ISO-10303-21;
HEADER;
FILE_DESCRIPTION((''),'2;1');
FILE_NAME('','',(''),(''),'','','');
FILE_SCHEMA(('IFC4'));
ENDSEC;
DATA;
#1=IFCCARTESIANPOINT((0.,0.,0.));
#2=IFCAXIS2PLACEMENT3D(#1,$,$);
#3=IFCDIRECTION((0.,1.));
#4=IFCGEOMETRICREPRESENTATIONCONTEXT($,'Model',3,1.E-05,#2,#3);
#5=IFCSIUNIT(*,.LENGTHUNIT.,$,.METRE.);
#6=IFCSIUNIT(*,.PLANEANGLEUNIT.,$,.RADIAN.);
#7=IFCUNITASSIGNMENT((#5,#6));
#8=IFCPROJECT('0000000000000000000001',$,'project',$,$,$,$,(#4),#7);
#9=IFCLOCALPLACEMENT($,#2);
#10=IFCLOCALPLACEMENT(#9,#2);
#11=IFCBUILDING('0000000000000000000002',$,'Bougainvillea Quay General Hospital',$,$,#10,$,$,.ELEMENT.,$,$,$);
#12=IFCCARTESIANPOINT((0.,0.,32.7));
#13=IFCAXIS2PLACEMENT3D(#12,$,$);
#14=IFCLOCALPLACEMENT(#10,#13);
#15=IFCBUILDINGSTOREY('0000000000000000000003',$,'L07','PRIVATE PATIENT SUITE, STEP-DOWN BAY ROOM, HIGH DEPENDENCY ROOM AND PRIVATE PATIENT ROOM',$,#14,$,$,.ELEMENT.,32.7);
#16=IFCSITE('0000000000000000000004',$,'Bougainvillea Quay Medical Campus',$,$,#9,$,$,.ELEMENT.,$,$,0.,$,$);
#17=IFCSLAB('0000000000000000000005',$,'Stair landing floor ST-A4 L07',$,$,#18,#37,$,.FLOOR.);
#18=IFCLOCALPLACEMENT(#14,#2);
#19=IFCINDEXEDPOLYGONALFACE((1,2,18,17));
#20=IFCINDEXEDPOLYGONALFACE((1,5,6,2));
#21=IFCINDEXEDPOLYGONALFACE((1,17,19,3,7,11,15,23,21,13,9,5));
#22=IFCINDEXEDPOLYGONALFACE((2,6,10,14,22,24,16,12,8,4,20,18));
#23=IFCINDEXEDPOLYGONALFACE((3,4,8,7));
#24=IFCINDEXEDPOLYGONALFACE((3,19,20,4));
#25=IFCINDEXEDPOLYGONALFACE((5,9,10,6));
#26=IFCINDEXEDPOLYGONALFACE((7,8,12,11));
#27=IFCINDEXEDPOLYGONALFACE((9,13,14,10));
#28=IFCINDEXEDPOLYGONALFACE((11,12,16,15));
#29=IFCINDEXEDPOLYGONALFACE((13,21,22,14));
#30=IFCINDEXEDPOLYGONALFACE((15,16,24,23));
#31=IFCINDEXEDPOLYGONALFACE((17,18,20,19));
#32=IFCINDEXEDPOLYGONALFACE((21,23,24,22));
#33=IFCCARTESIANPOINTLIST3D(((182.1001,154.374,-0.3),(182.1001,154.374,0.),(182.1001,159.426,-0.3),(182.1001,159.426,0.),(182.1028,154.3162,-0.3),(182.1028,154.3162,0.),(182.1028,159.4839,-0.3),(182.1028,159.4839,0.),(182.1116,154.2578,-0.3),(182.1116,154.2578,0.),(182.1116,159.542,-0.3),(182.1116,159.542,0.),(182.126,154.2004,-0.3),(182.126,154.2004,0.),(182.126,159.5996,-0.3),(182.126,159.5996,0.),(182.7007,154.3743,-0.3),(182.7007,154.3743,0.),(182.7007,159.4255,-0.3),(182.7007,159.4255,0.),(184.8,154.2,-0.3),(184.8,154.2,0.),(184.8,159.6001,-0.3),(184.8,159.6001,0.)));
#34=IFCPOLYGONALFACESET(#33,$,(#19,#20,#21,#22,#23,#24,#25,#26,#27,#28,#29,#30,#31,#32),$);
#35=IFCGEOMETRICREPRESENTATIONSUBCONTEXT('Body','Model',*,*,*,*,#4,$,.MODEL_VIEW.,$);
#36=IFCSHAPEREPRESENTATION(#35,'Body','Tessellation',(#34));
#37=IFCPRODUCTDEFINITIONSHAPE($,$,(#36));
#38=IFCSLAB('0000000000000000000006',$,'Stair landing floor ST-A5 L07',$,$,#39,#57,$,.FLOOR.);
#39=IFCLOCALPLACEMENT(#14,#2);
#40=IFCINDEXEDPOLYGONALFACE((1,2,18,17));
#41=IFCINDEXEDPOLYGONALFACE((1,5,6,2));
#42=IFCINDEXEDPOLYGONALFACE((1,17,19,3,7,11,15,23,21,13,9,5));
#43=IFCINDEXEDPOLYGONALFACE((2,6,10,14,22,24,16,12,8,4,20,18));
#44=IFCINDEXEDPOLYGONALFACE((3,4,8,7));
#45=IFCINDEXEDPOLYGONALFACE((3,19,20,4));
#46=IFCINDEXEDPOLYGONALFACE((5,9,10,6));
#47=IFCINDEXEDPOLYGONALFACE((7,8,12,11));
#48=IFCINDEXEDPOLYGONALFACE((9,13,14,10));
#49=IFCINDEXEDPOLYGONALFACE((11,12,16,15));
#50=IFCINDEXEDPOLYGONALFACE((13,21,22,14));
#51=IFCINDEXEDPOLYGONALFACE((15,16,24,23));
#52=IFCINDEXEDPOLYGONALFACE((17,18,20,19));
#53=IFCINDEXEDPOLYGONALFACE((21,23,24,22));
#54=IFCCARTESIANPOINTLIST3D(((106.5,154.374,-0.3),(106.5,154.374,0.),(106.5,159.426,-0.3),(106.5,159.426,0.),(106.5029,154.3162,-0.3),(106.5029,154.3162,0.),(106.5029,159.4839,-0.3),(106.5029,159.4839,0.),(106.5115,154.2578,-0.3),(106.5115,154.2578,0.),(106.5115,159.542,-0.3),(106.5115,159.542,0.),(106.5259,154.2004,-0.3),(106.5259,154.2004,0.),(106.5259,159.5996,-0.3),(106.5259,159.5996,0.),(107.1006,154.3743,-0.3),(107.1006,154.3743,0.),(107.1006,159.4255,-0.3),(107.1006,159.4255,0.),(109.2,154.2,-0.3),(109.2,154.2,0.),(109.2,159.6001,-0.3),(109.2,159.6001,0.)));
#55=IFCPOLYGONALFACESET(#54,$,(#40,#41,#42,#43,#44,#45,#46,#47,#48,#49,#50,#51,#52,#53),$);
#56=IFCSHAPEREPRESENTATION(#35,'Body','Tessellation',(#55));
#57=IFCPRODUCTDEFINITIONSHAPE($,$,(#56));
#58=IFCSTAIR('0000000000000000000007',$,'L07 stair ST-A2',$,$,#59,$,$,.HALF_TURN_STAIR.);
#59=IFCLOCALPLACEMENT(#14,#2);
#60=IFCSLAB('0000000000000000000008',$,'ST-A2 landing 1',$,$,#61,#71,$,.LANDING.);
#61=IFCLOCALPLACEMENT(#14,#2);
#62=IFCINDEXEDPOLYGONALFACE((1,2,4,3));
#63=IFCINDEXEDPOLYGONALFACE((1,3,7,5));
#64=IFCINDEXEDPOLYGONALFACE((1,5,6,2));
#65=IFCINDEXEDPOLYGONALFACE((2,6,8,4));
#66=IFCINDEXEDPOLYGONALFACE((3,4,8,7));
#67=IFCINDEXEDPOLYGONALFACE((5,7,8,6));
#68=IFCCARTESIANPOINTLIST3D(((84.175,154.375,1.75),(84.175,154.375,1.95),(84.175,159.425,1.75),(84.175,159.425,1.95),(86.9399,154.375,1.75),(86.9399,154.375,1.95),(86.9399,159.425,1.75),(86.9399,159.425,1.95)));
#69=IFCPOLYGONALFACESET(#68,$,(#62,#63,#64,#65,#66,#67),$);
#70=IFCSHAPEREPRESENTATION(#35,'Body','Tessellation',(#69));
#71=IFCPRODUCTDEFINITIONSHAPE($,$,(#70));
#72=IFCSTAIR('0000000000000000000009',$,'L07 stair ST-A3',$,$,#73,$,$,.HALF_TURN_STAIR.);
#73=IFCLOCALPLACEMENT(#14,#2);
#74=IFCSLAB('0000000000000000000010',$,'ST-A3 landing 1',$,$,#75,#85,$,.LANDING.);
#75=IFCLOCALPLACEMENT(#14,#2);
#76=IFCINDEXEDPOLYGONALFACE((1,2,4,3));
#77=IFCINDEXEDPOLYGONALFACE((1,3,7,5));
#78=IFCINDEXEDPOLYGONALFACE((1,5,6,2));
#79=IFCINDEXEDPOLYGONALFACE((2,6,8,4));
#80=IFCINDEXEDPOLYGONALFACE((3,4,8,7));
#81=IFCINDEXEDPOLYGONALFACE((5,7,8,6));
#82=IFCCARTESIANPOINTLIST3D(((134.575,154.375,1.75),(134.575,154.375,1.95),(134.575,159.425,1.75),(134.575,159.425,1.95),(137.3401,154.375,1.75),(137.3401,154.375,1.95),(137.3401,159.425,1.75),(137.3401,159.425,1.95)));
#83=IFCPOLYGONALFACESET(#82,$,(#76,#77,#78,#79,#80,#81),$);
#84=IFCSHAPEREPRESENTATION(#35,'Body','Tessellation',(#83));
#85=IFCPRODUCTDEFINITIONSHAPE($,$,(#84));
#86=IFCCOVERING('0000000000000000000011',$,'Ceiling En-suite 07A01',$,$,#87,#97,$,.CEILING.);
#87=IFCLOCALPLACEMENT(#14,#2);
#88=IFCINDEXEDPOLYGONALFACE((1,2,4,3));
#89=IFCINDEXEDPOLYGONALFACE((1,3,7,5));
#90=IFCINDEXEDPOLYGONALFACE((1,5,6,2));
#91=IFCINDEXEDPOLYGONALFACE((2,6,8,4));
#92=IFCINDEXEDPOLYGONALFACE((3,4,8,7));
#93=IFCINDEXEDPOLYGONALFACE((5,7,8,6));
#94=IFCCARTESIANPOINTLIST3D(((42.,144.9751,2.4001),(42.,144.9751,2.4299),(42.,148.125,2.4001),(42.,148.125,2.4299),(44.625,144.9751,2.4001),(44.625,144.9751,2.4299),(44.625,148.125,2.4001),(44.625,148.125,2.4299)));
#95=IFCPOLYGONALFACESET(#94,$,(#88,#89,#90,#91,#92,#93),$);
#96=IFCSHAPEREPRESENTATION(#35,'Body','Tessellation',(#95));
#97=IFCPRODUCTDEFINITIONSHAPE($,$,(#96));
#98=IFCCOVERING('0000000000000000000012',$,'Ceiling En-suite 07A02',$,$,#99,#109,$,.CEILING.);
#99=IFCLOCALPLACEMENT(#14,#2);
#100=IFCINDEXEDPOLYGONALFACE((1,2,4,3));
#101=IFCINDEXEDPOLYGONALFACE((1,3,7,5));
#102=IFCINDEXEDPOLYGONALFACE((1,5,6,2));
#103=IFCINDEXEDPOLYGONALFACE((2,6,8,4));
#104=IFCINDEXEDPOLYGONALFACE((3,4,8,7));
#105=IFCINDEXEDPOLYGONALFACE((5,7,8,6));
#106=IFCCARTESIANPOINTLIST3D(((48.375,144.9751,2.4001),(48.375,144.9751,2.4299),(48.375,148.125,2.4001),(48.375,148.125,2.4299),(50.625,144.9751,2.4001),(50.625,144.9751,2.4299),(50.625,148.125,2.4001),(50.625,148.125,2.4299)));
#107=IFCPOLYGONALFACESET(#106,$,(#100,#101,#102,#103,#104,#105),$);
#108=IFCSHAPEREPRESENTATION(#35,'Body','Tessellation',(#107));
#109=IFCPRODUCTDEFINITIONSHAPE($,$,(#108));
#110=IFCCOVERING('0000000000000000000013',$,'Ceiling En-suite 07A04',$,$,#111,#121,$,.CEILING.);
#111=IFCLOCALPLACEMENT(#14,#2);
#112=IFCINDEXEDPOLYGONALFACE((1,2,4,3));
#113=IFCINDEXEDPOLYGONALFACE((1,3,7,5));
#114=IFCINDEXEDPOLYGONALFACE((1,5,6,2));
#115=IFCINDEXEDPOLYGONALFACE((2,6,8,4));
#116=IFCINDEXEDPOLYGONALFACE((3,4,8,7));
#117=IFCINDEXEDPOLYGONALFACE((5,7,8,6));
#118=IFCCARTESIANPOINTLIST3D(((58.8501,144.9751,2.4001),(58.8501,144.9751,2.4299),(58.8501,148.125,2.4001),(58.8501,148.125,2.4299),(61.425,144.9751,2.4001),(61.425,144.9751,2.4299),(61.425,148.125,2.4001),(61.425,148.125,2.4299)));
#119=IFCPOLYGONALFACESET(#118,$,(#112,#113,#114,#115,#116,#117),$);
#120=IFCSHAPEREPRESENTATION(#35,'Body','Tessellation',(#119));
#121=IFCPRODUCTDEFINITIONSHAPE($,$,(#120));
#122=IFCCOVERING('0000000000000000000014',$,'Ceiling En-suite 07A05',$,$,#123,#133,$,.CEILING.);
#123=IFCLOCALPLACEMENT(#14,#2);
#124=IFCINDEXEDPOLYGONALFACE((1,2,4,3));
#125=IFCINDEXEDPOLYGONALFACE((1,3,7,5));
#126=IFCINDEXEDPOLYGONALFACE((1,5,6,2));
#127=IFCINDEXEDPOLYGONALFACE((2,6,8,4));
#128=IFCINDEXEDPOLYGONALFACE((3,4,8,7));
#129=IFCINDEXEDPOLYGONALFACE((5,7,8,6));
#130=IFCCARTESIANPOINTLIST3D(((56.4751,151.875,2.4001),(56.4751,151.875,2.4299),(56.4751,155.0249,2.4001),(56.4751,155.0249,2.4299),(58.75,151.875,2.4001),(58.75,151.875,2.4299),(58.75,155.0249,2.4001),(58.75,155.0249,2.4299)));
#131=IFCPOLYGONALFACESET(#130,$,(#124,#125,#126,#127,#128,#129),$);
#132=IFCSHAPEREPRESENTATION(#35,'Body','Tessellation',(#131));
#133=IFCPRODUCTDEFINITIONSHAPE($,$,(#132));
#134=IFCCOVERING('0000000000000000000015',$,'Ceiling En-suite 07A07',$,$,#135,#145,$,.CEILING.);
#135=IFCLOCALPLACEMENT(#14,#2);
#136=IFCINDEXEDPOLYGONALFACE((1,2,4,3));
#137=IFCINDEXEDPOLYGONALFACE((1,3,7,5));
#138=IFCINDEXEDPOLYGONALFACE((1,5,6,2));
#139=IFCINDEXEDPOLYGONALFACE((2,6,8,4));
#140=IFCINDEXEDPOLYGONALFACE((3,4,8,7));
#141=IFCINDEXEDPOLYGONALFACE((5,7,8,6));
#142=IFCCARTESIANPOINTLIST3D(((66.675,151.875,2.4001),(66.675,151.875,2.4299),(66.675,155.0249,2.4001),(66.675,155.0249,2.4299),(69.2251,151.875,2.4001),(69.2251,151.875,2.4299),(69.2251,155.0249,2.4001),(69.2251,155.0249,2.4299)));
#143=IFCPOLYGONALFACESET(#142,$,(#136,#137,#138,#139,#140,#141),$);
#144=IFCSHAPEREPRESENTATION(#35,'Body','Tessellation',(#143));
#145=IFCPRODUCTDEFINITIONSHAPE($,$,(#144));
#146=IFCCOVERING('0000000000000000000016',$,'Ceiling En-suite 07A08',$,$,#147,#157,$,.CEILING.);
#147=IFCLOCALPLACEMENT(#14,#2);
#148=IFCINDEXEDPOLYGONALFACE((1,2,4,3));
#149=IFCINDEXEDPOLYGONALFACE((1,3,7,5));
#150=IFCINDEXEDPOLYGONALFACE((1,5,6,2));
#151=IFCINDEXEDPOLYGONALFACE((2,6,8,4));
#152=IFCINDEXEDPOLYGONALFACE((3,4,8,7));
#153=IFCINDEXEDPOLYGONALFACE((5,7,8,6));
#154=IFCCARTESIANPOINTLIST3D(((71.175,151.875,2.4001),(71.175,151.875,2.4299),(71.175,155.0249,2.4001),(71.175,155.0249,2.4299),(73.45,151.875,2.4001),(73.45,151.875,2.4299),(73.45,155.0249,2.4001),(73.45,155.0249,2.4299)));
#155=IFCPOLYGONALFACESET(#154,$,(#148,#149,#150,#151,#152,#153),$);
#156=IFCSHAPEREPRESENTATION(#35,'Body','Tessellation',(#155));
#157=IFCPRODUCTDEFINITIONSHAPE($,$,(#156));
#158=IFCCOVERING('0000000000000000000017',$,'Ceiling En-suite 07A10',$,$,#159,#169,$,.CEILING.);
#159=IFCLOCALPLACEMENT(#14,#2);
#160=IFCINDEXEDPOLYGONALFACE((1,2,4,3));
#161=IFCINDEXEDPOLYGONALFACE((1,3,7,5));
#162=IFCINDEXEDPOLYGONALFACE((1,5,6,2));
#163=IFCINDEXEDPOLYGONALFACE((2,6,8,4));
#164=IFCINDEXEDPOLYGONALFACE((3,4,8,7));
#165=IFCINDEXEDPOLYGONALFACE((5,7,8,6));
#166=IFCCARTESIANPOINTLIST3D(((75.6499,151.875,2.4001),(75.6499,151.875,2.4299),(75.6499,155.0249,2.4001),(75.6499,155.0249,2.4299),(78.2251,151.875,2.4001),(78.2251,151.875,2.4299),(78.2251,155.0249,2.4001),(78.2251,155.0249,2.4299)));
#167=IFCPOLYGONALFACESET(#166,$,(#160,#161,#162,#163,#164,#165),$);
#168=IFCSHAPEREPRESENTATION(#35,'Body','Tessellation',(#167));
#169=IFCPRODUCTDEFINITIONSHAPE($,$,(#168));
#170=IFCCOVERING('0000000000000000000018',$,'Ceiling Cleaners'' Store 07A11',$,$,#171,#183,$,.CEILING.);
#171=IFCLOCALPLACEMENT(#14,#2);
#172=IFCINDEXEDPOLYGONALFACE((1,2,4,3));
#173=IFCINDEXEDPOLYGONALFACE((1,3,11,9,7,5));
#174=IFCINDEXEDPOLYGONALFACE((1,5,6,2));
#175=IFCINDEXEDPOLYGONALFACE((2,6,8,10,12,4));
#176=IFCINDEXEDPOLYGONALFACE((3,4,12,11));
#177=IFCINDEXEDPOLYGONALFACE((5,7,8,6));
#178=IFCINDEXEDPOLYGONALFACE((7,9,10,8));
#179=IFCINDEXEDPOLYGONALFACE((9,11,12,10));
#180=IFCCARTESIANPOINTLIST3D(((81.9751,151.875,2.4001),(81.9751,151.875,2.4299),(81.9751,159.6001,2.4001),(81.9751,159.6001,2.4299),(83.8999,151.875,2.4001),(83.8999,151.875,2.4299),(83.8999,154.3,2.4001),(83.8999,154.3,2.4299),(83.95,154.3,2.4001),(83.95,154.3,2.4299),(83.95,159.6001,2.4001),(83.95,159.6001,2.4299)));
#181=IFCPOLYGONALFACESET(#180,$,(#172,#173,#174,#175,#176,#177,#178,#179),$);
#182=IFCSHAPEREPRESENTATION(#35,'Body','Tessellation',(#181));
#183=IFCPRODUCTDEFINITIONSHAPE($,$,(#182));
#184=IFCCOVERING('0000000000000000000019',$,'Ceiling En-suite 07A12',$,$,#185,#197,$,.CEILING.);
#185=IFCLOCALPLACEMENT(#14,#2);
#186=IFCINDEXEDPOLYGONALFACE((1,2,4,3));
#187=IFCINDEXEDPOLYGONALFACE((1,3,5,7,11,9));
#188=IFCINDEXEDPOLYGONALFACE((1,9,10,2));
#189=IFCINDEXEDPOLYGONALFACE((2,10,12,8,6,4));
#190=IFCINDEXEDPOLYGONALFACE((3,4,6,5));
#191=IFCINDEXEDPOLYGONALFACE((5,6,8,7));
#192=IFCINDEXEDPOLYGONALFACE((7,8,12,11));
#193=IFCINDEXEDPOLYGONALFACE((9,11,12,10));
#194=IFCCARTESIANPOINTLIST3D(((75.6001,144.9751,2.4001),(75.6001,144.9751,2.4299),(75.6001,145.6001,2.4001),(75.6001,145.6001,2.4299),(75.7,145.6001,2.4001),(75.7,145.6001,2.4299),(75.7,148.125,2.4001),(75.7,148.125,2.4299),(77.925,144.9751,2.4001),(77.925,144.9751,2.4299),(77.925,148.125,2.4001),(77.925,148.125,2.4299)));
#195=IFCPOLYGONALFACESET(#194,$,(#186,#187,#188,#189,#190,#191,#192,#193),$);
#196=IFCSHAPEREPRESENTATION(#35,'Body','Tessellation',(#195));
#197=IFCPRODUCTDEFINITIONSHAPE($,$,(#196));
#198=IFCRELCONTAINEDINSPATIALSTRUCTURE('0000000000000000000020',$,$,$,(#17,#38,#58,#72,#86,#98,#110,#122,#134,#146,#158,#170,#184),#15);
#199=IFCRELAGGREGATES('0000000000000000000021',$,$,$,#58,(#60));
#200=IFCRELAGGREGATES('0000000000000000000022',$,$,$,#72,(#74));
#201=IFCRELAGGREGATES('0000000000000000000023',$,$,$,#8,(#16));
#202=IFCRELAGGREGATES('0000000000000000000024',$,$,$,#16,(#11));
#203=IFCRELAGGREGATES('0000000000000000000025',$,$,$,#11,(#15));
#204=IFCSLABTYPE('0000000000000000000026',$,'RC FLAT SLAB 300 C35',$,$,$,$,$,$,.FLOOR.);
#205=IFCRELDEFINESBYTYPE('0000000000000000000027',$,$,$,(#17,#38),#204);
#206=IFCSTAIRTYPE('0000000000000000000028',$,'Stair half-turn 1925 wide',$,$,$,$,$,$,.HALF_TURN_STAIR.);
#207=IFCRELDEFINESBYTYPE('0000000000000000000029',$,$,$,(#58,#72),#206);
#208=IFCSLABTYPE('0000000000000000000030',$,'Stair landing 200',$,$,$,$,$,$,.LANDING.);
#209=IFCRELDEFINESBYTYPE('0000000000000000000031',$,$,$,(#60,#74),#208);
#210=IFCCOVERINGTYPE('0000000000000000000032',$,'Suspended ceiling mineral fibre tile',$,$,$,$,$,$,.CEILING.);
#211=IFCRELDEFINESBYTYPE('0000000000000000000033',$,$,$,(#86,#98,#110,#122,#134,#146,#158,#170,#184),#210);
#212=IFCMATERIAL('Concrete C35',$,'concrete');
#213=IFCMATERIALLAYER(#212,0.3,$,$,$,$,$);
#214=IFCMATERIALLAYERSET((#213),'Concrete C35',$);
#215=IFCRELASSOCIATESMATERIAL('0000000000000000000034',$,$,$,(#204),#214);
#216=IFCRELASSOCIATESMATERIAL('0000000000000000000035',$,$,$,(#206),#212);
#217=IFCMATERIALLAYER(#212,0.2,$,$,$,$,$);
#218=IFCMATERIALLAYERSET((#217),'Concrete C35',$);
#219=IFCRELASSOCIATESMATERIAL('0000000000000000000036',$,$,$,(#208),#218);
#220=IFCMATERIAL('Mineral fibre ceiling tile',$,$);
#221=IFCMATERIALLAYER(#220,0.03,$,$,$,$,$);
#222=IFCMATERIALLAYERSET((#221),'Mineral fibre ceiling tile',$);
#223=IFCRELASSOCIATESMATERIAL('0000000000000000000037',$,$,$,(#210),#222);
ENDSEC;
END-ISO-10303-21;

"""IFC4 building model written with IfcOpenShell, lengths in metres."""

from ifc_helpers import new_model, si_unit, direction, frame, origin, place, context, subcontext, project, spatial, polyline, outline, extrude, material, layer, layer_set, type_object, element, aggregate, save


model = new_model("IFC4")

# Units and contexts
model_context = context("Model", 3, precision=1e-05, world=origin(), true_north=direction((0.0, 1.0)))
body_context = subcontext(model_context, "Body", "Model", "MODEL_VIEW")
ifc_project = project(units=[si_unit("LENGTHUNIT", "METRE"), si_unit("PLANEANGLEUNIT", "RADIAN")], contexts=[model_context])

# Site, building, storey
site_placement = place(None, origin())
site = spatial("IfcSite", under=ifc_project, at=site_placement, Name="Bougainvillea Quay Medical Campus", CompositionType="ELEMENT", RefElevation=0.0)
building_placement = place(site_placement, origin())
building = spatial("IfcBuilding", under=site, at=building_placement, Name="Bougainvillea Quay General Hospital", CompositionType="ELEMENT")
storey_placement = place(building_placement, frame((0.0, 0.0, 32.7)))
storey = spatial("IfcBuildingStorey", under=building, at=storey_placement, Name="L07", Description="PRIVATE PATIENT SUITE, STEP-DOWN BAY ROOM, HIGH DEPENDENCY ROOM AND PRIVATE PATIENT ROOM", CompositionType="ELEMENT", Elevation=32.7)

# Slabs
ifc_material_1 = material(Name="Concrete C35", Category="concrete")
ifc_layer_1 = layer(ifc_material_1, 0.3)
ifc_layer_set_1 = layer_set([ifc_layer_1], Name="Concrete C35")
slab_type_1 = type_object("IfcSlabType", Name="RC FLAT SLAB 300 C35", PredefinedType="FLOOR", material=ifc_layer_set_1)
slab_1_placement = place(storey_placement, frame((0.0, 0.0, -0.3)))
element("IfcSlab", 1, at=slab_1_placement, inside=storey, type_object=slab_type_1, Name="Stair landing floor ST-A4 L07", PredefinedType="FLOOR", context=body_context, shape_type="SweptSolid", body=[
    extrude(outline(polyline([(182.1028, 159.4839), (182.1116, 159.542), (182.126, 159.5996), (184.8, 159.6001), (184.8, 154.2), (182.126, 154.2004), (182.1116, 154.2578), (182.1028, 154.3162), (182.1001, 154.374), (182.7007, 154.3743), (182.7007, 159.4255), (182.1001, 159.426), (182.1028, 159.4839)])), origin(), (0.0, 0.0, 1.0), 0.3),
])
slab_2_placement = place(storey_placement, frame((0.0, 0.0, -0.3)))
element("IfcSlab", 2, at=slab_2_placement, inside=storey, type_object=slab_type_1, Name="Stair landing floor ST-A5 L07", PredefinedType="FLOOR", context=body_context, shape_type="SweptSolid", body=[
    extrude(outline(polyline([(106.5029, 159.4839), (106.5115, 159.542), (106.5259, 159.5996), (109.2, 159.6001), (109.2, 154.2), (106.5259, 154.2004), (106.5115, 154.2578), (106.5029, 154.3162), (106.5, 154.374), (107.1006, 154.3743), (107.1006, 159.4255), (106.5, 159.426), (106.5029, 159.4839)])), origin(), (0.0, 0.0, 1.0), 0.3),
])

# Stairs, slabs
stair_type = type_object("IfcStairType", Name="Stair half-turn 1925 wide", PredefinedType="HALF_TURN_STAIR", material=ifc_material_1)
stair_1_placement = place(storey_placement, origin())
stair_1 = element("IfcStair", 3, at=stair_1_placement, inside=storey, type_object=stair_type, Name="L07 stair ST-A2", PredefinedType="HALF_TURN_STAIR")
ifc_layer_2 = layer(ifc_material_1, 0.2)
ifc_layer_set_2 = layer_set([ifc_layer_2], Name="Concrete C35")
slab_type_2 = type_object("IfcSlabType", Name="Stair landing 200", PredefinedType="LANDING", material=ifc_layer_set_2)
slab_3_placement = place(storey_placement, frame((0.0, 0.0, 1.75)))
slab_3 = element("IfcSlab", 4, at=slab_3_placement, type_object=slab_type_2, Name="ST-A2 landing 1", PredefinedType="LANDING", context=body_context, shape_type="SweptSolid", body=[
    extrude(outline(polyline([(86.9399, 159.425), (84.175, 159.425), (84.175, 154.375), (86.9399, 154.375), (86.9399, 159.425)])), origin(), (0.0, 0.0, 1.0), 0.2),
])
aggregate(stair_1, [slab_3])
stair_2_placement = place(storey_placement, origin())
stair_2 = element("IfcStair", 5, at=stair_2_placement, inside=storey, type_object=stair_type, Name="L07 stair ST-A3", PredefinedType="HALF_TURN_STAIR")
slab_4_placement = place(storey_placement, frame((0.0, 0.0, 1.75)))
slab_4 = element("IfcSlab", 6, at=slab_4_placement, type_object=slab_type_2, Name="ST-A3 landing 1", PredefinedType="LANDING", context=body_context, shape_type="SweptSolid", body=[
    extrude(outline(polyline([(137.3401, 159.425), (134.575, 159.425), (134.575, 154.375), (137.3401, 154.375), (137.3401, 159.425)])), origin(), (0.0, 0.0, 1.0), 0.2),
])
aggregate(stair_2, [slab_4])

# Coverings
ifc_material_2 = material(Name="Mineral fibre ceiling tile")
ifc_layer_3 = layer(ifc_material_2, 0.03)
ifc_layer_set_3 = layer_set([ifc_layer_3], Name="Mineral fibre ceiling tile")
covering_type = type_object("IfcCoveringType", Name="Suspended ceiling mineral fibre tile", PredefinedType="CEILING", material=ifc_layer_set_3)
covering_1_placement = place(storey_placement, frame((0.0, 0.0, 2.4001)))
element("IfcCovering", 7, at=covering_1_placement, inside=storey, type_object=covering_type, Name="Ceiling En-suite 07A01", PredefinedType="CEILING", context=body_context, shape_type="SweptSolid", body=[
    extrude(outline(polyline([(42.0, 144.9751), (44.625, 144.9751), (44.625, 148.125), (42.0, 148.125), (42.0, 144.9751)])), origin(), (0.0, 0.0, 1.0), 0.0298),
])
covering_2_placement = place(storey_placement, frame((0.0, 0.0, 2.4001)))
element("IfcCovering", 8, at=covering_2_placement, inside=storey, type_object=covering_type, Name="Ceiling En-suite 07A02", PredefinedType="CEILING", context=body_context, shape_type="SweptSolid", body=[
    extrude(outline(polyline([(48.375, 144.9751), (50.625, 144.9751), (50.625, 148.125), (48.375, 148.125), (48.375, 144.9751)])), origin(), (0.0, 0.0, 1.0), 0.0298),
])
covering_3_placement = place(storey_placement, frame((0.0, 0.0, 2.4001)))
element("IfcCovering", 9, at=covering_3_placement, inside=storey, type_object=covering_type, Name="Ceiling En-suite 07A04", PredefinedType="CEILING", context=body_context, shape_type="SweptSolid", body=[
    extrude(outline(polyline([(58.8501, 148.125), (58.8501, 144.9751), (61.425, 144.9751), (61.425, 148.125), (58.8501, 148.125)])), origin(), (0.0, 0.0, 1.0), 0.0298),
])
covering_4_placement = place(storey_placement, frame((0.0, 0.0, 2.4001)))
element("IfcCovering", 10, at=covering_4_placement, inside=storey, type_object=covering_type, Name="Ceiling En-suite 07A05", PredefinedType="CEILING", context=body_context, shape_type="SweptSolid", body=[
    extrude(outline(polyline([(58.75, 155.0249), (56.4751, 155.0249), (56.4751, 151.875), (58.75, 151.875), (58.75, 155.0249)])), origin(), (0.0, 0.0, 1.0), 0.0298),
])
covering_5_placement = place(storey_placement, frame((0.0, 0.0, 2.4001)))
element("IfcCovering", 11, at=covering_5_placement, inside=storey, type_object=covering_type, Name="Ceiling En-suite 07A07", PredefinedType="CEILING", context=body_context, shape_type="SweptSolid", body=[
    extrude(outline(polyline([(69.2251, 155.0249), (66.675, 155.0249), (66.675, 151.875), (69.2251, 151.875), (69.2251, 155.0249)])), origin(), (0.0, 0.0, 1.0), 0.0298),
])
covering_6_placement = place(storey_placement, frame((0.0, 0.0, 2.4001)))
element("IfcCovering", 12, at=covering_6_placement, inside=storey, type_object=covering_type, Name="Ceiling En-suite 07A08", PredefinedType="CEILING", context=body_context, shape_type="SweptSolid", body=[
    extrude(outline(polyline([(71.175, 155.0249), (71.175, 151.875), (73.45, 151.875), (73.45, 155.0249), (71.175, 155.0249)])), origin(), (0.0, 0.0, 1.0), 0.0298),
])
covering_7_placement = place(storey_placement, frame((0.0, 0.0, 2.4001)))
element("IfcCovering", 13, at=covering_7_placement, inside=storey, type_object=covering_type, Name="Ceiling En-suite 07A10", PredefinedType="CEILING", context=body_context, shape_type="SweptSolid", body=[
    extrude(outline(polyline([(78.2251, 155.0249), (75.6499, 155.0249), (75.6499, 151.875), (78.2251, 151.875), (78.2251, 155.0249)])), origin(), (0.0, 0.0, 1.0), 0.0298),
])
covering_8_placement = place(storey_placement, frame((0.0, 0.0, 2.4001)))
element("IfcCovering", 14, at=covering_8_placement, inside=storey, type_object=covering_type, Name="Ceiling Cleaners' Store 07A11", PredefinedType="CEILING", context=body_context, shape_type="SweptSolid", body=[
    extrude(outline(polyline([(81.9751, 159.6001), (81.9751, 151.875), (83.8999, 151.875), (83.8999, 154.3), (83.95, 154.3), (83.95, 159.6001), (81.9751, 159.6001)])), origin(), (0.0, 0.0, 1.0), 0.0298),
])
covering_9_placement = place(storey_placement, frame((0.0, 0.0, 2.4001)))
element("IfcCovering", 15, at=covering_9_placement, inside=storey, type_object=covering_type, Name="Ceiling En-suite 07A12", PredefinedType="CEILING", context=body_context, shape_type="SweptSolid", body=[
    extrude(outline(polyline([(75.6001, 144.9751), (77.925, 144.9751), (77.925, 148.125), (75.7, 148.125), (75.7, 145.6001), (75.6001, 145.6001), (75.6001, 144.9751)])), origin(), (0.0, 0.0, 1.0), 0.0298),
])

save(model, "model.ifc")
